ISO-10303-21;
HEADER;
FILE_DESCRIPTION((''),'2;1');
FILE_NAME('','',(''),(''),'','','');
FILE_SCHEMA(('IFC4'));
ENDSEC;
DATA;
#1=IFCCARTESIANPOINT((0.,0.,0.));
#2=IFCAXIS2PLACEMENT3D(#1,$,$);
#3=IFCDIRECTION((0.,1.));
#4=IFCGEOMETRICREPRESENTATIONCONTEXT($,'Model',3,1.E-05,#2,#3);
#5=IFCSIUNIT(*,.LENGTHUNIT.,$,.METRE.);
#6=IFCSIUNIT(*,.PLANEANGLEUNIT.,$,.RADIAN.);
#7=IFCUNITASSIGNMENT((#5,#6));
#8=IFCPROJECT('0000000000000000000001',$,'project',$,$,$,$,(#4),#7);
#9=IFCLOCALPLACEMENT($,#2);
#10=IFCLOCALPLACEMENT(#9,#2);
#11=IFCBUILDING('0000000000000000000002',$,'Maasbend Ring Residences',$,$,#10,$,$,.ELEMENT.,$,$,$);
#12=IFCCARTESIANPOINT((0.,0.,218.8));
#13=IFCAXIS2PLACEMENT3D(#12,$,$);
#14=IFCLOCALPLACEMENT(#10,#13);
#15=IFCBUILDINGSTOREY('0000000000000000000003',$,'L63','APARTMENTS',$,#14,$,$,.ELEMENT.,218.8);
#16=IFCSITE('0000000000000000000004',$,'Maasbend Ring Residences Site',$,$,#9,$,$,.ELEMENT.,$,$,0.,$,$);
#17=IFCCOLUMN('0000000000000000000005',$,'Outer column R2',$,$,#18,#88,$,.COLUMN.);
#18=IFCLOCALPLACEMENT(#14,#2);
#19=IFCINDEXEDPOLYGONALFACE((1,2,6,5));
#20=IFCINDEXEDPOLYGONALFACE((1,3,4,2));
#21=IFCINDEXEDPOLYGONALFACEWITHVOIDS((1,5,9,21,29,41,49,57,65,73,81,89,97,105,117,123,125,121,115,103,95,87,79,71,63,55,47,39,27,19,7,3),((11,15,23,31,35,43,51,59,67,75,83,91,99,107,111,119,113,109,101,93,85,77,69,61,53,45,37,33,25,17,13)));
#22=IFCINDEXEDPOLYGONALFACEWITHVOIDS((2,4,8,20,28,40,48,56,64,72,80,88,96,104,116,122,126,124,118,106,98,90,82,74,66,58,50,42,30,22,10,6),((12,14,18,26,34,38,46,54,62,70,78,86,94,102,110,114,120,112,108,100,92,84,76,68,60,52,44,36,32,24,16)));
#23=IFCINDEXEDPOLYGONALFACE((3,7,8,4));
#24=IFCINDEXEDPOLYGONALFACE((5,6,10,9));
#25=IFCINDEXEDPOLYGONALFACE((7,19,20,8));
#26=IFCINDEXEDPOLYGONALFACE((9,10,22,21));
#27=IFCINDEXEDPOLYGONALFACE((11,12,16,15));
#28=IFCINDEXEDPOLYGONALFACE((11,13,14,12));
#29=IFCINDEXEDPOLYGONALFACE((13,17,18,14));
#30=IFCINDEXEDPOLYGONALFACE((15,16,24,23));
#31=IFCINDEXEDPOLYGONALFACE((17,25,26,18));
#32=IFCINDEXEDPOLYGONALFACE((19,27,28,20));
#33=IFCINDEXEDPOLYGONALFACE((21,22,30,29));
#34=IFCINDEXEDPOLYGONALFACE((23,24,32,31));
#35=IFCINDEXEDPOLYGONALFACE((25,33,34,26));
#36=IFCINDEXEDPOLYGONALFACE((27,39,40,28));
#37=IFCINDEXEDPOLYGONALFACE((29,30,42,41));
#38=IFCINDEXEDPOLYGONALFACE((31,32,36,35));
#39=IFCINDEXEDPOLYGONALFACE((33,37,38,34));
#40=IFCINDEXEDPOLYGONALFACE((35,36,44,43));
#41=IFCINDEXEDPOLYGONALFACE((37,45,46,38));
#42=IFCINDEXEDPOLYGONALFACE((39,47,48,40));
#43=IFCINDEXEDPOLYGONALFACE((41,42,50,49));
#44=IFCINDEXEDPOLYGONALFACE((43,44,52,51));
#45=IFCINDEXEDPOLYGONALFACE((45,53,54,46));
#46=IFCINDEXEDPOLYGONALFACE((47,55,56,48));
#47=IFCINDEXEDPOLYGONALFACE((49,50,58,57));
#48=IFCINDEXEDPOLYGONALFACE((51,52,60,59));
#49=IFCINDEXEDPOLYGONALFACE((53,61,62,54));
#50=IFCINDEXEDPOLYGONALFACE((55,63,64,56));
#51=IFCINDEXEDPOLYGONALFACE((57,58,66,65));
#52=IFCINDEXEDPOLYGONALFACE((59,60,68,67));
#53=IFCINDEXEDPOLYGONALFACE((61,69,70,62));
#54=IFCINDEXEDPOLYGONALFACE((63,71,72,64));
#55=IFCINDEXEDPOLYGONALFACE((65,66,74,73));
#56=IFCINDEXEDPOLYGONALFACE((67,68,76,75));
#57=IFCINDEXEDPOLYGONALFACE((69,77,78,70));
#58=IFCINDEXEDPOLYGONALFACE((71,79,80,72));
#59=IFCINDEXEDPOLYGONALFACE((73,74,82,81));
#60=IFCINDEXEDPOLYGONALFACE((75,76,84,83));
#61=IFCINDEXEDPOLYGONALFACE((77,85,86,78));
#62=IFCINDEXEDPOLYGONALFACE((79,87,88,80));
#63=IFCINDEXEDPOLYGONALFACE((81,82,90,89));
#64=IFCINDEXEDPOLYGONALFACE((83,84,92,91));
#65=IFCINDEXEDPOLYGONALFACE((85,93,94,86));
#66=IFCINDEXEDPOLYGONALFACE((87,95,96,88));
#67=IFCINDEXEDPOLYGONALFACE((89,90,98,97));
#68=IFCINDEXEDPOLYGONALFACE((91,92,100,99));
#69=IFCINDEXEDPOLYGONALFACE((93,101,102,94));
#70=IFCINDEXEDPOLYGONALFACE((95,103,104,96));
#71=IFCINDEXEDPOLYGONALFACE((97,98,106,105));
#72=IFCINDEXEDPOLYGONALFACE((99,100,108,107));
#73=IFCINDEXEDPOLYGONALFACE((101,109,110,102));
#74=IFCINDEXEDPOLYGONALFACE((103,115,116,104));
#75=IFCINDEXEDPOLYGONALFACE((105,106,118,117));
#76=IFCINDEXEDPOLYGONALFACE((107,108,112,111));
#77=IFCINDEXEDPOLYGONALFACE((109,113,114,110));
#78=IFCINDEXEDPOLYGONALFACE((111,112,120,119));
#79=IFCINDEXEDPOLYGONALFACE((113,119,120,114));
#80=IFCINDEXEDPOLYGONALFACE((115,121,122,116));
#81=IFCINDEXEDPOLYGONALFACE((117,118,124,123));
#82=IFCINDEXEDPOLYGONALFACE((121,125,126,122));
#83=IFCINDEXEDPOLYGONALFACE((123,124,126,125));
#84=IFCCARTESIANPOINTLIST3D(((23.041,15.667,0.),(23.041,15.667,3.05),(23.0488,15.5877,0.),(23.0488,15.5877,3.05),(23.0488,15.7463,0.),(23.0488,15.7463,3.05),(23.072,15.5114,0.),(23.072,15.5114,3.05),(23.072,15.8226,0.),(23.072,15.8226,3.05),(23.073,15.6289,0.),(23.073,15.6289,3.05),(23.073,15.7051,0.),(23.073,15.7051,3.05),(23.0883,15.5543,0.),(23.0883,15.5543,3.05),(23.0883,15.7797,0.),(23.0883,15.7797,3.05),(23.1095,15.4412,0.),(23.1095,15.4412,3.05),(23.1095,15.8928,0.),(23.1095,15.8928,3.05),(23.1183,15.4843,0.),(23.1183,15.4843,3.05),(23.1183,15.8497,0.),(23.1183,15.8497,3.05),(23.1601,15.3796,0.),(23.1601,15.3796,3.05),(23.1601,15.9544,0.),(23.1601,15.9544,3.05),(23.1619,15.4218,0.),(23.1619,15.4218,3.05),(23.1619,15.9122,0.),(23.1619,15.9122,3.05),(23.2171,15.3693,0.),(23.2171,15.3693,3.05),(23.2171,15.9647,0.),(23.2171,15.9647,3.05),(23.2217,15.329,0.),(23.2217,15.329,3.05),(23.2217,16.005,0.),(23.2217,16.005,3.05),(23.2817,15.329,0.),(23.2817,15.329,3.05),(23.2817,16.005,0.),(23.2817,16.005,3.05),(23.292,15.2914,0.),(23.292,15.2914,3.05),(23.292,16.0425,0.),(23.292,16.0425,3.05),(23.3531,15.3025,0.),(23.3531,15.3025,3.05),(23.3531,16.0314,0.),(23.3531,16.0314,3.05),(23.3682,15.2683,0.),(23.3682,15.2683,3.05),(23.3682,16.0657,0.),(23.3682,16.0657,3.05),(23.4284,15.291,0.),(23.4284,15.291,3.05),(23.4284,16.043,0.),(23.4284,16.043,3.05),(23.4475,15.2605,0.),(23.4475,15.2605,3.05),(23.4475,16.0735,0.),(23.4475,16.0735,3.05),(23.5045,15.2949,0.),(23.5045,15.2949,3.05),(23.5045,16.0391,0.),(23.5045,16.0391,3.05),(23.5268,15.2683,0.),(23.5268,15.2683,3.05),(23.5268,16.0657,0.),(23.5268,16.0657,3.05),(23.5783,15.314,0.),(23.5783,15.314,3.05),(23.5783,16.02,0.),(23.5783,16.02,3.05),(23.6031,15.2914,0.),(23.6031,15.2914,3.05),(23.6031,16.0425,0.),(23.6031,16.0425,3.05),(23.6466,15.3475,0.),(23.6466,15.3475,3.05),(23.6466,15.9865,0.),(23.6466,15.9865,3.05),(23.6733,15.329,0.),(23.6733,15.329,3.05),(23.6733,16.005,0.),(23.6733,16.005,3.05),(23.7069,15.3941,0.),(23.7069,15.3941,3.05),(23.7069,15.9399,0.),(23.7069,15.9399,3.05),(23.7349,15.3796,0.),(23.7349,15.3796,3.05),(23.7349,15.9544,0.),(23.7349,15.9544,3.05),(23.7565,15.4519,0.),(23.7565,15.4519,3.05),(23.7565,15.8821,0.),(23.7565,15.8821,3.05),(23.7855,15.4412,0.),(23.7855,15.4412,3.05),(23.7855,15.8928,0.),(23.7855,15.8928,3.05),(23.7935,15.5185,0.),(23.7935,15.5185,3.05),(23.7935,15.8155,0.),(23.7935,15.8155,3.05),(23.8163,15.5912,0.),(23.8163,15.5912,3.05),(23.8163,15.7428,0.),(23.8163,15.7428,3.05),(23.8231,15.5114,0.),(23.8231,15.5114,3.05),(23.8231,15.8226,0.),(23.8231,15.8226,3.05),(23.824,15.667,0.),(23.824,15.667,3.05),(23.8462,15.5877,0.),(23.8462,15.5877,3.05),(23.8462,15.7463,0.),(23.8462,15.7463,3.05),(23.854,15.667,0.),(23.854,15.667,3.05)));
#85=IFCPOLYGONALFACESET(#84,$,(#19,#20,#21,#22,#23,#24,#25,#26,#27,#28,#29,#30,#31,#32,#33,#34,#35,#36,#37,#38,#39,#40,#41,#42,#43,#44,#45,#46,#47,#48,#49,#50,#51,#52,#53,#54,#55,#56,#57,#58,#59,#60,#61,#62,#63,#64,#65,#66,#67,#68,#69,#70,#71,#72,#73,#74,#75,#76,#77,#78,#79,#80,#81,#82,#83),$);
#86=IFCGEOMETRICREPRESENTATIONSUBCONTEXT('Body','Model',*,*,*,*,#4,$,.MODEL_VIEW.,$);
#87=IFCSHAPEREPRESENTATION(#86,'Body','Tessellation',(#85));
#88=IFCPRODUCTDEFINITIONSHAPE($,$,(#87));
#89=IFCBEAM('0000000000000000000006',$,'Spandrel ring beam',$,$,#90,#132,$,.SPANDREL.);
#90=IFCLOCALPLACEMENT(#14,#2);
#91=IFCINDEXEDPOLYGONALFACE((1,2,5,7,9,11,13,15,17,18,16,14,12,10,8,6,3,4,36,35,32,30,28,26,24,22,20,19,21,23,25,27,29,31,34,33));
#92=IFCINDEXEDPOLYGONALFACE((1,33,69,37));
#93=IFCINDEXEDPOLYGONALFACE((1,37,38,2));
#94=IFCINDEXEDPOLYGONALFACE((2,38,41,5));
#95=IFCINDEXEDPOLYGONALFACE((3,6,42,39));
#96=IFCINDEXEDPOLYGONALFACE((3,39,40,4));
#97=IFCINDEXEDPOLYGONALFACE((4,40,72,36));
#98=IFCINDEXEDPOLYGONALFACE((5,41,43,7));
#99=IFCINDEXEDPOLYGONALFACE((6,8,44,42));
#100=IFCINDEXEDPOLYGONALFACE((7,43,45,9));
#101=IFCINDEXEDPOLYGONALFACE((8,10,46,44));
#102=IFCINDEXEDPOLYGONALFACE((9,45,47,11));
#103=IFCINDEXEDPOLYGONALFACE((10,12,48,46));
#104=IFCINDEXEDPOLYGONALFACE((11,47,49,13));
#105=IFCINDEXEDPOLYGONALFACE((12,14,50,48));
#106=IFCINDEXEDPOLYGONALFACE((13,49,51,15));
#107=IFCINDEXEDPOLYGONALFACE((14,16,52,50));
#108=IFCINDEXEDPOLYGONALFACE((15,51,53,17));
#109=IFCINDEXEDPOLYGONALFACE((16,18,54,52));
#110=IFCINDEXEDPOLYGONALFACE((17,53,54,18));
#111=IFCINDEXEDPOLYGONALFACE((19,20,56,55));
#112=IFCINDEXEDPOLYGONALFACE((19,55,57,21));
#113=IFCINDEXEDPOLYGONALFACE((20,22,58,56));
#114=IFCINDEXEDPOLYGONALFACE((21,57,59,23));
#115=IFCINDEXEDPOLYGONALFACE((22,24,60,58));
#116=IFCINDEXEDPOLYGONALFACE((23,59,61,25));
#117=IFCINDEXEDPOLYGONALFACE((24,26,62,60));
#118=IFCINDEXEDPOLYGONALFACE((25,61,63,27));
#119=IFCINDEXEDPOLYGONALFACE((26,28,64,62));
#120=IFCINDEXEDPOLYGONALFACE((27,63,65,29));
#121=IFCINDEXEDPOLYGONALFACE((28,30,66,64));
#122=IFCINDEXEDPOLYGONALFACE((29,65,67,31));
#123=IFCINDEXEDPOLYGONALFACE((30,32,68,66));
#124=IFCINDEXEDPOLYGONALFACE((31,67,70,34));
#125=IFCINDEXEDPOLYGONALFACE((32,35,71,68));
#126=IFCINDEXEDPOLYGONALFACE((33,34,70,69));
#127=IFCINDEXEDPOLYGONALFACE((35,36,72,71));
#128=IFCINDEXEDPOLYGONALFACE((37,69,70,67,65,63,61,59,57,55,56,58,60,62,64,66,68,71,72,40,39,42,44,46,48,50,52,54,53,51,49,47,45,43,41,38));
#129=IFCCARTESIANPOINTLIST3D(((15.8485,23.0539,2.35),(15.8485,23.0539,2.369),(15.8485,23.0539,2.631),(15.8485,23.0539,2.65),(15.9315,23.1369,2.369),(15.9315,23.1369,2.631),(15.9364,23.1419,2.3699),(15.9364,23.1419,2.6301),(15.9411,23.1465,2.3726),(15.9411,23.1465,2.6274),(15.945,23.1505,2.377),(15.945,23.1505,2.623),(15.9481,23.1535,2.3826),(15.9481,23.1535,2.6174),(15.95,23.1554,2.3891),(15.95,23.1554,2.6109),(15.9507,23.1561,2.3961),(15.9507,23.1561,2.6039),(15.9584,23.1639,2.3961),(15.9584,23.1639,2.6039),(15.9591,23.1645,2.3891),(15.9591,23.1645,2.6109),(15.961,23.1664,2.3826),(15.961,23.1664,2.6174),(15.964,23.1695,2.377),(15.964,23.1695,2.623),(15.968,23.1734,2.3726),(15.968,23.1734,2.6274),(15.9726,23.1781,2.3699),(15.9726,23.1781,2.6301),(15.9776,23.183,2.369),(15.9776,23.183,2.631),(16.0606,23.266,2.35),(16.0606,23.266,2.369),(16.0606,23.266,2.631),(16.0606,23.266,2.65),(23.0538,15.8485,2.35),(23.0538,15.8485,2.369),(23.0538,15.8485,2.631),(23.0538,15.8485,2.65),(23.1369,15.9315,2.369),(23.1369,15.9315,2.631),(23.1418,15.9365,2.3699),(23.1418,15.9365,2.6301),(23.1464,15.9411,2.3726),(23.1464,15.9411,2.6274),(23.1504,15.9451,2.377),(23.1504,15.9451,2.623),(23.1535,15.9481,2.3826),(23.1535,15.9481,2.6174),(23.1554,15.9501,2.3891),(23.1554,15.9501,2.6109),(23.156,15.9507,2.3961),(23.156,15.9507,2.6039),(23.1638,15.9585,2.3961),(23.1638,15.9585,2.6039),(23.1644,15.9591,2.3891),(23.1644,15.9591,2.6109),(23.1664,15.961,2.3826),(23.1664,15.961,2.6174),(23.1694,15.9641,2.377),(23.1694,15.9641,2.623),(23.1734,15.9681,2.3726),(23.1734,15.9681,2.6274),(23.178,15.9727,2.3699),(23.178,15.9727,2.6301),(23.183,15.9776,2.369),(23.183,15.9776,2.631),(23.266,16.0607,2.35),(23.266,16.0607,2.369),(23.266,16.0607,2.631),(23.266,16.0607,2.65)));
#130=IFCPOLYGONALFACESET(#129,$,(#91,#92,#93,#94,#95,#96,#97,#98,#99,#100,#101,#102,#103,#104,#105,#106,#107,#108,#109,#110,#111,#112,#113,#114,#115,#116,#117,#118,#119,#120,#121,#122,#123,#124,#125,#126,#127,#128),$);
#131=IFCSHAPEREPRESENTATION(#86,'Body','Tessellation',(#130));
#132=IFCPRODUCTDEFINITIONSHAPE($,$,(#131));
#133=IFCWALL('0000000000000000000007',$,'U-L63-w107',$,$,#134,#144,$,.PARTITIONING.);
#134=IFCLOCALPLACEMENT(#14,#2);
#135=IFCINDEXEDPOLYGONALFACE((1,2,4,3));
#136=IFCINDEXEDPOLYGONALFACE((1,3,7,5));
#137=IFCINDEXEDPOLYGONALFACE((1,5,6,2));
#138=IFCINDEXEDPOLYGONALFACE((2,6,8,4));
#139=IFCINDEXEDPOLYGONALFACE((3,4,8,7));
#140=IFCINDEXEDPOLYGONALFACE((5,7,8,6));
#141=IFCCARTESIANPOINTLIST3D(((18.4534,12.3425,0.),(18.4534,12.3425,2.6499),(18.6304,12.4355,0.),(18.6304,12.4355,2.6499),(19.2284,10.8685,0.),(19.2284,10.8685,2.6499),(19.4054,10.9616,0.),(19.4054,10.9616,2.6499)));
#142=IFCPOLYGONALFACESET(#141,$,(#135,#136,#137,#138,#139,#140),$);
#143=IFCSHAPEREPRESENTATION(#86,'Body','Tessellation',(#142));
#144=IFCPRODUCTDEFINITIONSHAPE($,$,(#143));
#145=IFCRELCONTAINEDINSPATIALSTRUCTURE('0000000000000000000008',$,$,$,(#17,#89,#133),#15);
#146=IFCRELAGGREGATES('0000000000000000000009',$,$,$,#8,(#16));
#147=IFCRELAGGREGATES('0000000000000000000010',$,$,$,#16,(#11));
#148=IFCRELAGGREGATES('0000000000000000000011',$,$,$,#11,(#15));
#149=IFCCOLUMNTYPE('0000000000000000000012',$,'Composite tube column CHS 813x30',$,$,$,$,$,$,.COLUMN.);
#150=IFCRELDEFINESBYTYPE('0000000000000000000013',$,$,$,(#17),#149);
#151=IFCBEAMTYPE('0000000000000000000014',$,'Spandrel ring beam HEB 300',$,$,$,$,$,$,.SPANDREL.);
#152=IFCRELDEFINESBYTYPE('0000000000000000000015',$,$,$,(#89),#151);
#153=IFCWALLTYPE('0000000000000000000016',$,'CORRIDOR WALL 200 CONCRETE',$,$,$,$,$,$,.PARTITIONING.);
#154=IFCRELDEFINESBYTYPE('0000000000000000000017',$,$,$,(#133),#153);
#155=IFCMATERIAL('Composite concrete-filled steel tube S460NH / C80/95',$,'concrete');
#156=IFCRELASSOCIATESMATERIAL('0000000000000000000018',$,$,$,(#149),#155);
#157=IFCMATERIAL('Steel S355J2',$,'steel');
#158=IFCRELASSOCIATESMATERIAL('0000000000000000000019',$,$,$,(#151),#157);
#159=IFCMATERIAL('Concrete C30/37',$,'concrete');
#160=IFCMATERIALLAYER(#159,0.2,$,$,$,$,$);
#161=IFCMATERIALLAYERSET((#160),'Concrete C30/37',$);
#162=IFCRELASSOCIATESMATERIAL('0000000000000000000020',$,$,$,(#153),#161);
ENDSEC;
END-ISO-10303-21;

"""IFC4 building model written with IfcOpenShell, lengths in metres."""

from ifc_helpers import new_model, si_unit, direction, frame, frame_2d, origin, origin_2d, place, context, subcontext, project, spatial, rectangle, hollow_circle, i_section, extrude, material, layer, layer_set, material_profile, profile_set, type_object, element, save


model = new_model("IFC4")

# Units and contexts
model_context = context("Model", 3, precision=1e-05, world=origin(), true_north=direction((0.0, 1.0)))
body_context = subcontext(model_context, "Body", "Model", "MODEL_VIEW")
ifc_project = project(units=[si_unit("LENGTHUNIT", "METRE"), si_unit("PLANEANGLEUNIT", "RADIAN")], contexts=[model_context])

# Site, building, storey
site_placement = place(None, origin())
site = spatial("IfcSite", under=ifc_project, at=site_placement, Name="Maasbend Ring Residences Site", CompositionType="ELEMENT", RefElevation=0.0)
building_placement = place(site_placement, origin())
building = spatial("IfcBuilding", under=site, at=building_placement, Name="Maasbend Ring Residences", CompositionType="ELEMENT")
storey_placement = place(building_placement, frame((0.0, 0.0, 218.8)))
storey = spatial("IfcBuildingStorey", under=building, at=storey_placement, Name="L63", Description="APARTMENTS", CompositionType="ELEMENT", Elevation=218.8)

# Column
ifc_material_1 = material(Name="Composite concrete-filled steel tube S460NH / C80/95", Category="concrete")
ifc_material_profile_1 = material_profile(ifc_material_1, hollow_circle(Radius=0.4065, WallThickness=0.03, at=origin_2d()), Name="Composite tube column CHS 813x30")
ifc_profile_set_1 = profile_set([ifc_material_profile_1], Name="Composite concrete-filled steel tube S460NH / C80/95")
column_type = type_object("IfcColumnType", Name="Composite tube column CHS 813x30", PredefinedType="COLUMN", material=ifc_profile_set_1)
column_placement = place(storey_placement, frame((23.4475, 15.667, 0.0), z_axis=(0.0, 0.0, 1.0), x_axis=(1.0, 0.0, 0.0)))
element("IfcColumn", 1, at=column_placement, inside=storey, type_object=column_type, Name="Outer column R2", PredefinedType="COLUMN", context=body_context, shape_type="SweptSolid", body=[
    extrude(hollow_circle(Radius=0.4065, WallThickness=0.03, at=origin_2d()), origin(), (0.0, 0.0, 1.0), 3.05),
])

# Beam
ifc_material_2 = material(Name="Steel S355J2", Category="steel")
ifc_material_profile_2 = material_profile(ifc_material_2, i_section(OverallWidth=0.3, OverallDepth=0.3, WebThickness=0.011, FlangeThickness=0.019, FilletRadius=0.0271, at=origin_2d()), Name="HEB 300")
ifc_profile_set_2 = profile_set([ifc_material_profile_2], Name="Steel S355J2")
beam_type = type_object("IfcBeamType", Name="Spandrel ring beam HEB 300", PredefinedType="SPANDREL", material=ifc_profile_set_2)
beam_placement = place(storey_placement, frame((23.1599, 15.9546, 2.5), z_axis=(-0.707107, 0.707107, 0.0), x_axis=(-0.707107, -0.707107, 0.0)))
element("IfcBeam", 2, at=beam_placement, inside=storey, type_object=beam_type, Name="Spandrel ring beam", PredefinedType="SPANDREL", context=body_context, shape_type="SweptSolid", body=[
    extrude(i_section(OverallWidth=0.3, OverallDepth=0.3, WebThickness=0.011, FlangeThickness=0.019, FilletRadius=0.0271, at=origin_2d()), origin(), (0.0, 0.0, 1.0), 10.1899),
])

# Wall
ifc_material_3 = material(Name="Concrete C30/37", Category="concrete")
ifc_layer_1 = layer(ifc_material_3, 0.2)
ifc_layer_set_1 = layer_set([ifc_layer_1], Name="Concrete C30/37")
wall_type_1 = type_object("IfcWallType", Name="CORRIDOR WALL 200 CONCRETE", PredefinedType="PARTITIONING", material=ifc_layer_set_1)
wall_1_placement = place(storey_placement, frame((18.542, 12.3889, 0.0), z_axis=(0.0, 0.0, 1.0), x_axis=(0.46536, -0.885122, 0.0)))
element("IfcWall", 3, at=wall_1_placement, inside=storey, type_object=wall_type_1, Name="U-L63-w107", PredefinedType="PARTITIONING", context=body_context, shape_type="SweptSolid", body=[
    extrude(rectangle(XDim=1.6653, YDim=0.2, at=frame_2d((0.8325, 0.0))), origin(), (0.0, 0.0, 1.0), 2.6499),
])

save(model, "model.ifc")
